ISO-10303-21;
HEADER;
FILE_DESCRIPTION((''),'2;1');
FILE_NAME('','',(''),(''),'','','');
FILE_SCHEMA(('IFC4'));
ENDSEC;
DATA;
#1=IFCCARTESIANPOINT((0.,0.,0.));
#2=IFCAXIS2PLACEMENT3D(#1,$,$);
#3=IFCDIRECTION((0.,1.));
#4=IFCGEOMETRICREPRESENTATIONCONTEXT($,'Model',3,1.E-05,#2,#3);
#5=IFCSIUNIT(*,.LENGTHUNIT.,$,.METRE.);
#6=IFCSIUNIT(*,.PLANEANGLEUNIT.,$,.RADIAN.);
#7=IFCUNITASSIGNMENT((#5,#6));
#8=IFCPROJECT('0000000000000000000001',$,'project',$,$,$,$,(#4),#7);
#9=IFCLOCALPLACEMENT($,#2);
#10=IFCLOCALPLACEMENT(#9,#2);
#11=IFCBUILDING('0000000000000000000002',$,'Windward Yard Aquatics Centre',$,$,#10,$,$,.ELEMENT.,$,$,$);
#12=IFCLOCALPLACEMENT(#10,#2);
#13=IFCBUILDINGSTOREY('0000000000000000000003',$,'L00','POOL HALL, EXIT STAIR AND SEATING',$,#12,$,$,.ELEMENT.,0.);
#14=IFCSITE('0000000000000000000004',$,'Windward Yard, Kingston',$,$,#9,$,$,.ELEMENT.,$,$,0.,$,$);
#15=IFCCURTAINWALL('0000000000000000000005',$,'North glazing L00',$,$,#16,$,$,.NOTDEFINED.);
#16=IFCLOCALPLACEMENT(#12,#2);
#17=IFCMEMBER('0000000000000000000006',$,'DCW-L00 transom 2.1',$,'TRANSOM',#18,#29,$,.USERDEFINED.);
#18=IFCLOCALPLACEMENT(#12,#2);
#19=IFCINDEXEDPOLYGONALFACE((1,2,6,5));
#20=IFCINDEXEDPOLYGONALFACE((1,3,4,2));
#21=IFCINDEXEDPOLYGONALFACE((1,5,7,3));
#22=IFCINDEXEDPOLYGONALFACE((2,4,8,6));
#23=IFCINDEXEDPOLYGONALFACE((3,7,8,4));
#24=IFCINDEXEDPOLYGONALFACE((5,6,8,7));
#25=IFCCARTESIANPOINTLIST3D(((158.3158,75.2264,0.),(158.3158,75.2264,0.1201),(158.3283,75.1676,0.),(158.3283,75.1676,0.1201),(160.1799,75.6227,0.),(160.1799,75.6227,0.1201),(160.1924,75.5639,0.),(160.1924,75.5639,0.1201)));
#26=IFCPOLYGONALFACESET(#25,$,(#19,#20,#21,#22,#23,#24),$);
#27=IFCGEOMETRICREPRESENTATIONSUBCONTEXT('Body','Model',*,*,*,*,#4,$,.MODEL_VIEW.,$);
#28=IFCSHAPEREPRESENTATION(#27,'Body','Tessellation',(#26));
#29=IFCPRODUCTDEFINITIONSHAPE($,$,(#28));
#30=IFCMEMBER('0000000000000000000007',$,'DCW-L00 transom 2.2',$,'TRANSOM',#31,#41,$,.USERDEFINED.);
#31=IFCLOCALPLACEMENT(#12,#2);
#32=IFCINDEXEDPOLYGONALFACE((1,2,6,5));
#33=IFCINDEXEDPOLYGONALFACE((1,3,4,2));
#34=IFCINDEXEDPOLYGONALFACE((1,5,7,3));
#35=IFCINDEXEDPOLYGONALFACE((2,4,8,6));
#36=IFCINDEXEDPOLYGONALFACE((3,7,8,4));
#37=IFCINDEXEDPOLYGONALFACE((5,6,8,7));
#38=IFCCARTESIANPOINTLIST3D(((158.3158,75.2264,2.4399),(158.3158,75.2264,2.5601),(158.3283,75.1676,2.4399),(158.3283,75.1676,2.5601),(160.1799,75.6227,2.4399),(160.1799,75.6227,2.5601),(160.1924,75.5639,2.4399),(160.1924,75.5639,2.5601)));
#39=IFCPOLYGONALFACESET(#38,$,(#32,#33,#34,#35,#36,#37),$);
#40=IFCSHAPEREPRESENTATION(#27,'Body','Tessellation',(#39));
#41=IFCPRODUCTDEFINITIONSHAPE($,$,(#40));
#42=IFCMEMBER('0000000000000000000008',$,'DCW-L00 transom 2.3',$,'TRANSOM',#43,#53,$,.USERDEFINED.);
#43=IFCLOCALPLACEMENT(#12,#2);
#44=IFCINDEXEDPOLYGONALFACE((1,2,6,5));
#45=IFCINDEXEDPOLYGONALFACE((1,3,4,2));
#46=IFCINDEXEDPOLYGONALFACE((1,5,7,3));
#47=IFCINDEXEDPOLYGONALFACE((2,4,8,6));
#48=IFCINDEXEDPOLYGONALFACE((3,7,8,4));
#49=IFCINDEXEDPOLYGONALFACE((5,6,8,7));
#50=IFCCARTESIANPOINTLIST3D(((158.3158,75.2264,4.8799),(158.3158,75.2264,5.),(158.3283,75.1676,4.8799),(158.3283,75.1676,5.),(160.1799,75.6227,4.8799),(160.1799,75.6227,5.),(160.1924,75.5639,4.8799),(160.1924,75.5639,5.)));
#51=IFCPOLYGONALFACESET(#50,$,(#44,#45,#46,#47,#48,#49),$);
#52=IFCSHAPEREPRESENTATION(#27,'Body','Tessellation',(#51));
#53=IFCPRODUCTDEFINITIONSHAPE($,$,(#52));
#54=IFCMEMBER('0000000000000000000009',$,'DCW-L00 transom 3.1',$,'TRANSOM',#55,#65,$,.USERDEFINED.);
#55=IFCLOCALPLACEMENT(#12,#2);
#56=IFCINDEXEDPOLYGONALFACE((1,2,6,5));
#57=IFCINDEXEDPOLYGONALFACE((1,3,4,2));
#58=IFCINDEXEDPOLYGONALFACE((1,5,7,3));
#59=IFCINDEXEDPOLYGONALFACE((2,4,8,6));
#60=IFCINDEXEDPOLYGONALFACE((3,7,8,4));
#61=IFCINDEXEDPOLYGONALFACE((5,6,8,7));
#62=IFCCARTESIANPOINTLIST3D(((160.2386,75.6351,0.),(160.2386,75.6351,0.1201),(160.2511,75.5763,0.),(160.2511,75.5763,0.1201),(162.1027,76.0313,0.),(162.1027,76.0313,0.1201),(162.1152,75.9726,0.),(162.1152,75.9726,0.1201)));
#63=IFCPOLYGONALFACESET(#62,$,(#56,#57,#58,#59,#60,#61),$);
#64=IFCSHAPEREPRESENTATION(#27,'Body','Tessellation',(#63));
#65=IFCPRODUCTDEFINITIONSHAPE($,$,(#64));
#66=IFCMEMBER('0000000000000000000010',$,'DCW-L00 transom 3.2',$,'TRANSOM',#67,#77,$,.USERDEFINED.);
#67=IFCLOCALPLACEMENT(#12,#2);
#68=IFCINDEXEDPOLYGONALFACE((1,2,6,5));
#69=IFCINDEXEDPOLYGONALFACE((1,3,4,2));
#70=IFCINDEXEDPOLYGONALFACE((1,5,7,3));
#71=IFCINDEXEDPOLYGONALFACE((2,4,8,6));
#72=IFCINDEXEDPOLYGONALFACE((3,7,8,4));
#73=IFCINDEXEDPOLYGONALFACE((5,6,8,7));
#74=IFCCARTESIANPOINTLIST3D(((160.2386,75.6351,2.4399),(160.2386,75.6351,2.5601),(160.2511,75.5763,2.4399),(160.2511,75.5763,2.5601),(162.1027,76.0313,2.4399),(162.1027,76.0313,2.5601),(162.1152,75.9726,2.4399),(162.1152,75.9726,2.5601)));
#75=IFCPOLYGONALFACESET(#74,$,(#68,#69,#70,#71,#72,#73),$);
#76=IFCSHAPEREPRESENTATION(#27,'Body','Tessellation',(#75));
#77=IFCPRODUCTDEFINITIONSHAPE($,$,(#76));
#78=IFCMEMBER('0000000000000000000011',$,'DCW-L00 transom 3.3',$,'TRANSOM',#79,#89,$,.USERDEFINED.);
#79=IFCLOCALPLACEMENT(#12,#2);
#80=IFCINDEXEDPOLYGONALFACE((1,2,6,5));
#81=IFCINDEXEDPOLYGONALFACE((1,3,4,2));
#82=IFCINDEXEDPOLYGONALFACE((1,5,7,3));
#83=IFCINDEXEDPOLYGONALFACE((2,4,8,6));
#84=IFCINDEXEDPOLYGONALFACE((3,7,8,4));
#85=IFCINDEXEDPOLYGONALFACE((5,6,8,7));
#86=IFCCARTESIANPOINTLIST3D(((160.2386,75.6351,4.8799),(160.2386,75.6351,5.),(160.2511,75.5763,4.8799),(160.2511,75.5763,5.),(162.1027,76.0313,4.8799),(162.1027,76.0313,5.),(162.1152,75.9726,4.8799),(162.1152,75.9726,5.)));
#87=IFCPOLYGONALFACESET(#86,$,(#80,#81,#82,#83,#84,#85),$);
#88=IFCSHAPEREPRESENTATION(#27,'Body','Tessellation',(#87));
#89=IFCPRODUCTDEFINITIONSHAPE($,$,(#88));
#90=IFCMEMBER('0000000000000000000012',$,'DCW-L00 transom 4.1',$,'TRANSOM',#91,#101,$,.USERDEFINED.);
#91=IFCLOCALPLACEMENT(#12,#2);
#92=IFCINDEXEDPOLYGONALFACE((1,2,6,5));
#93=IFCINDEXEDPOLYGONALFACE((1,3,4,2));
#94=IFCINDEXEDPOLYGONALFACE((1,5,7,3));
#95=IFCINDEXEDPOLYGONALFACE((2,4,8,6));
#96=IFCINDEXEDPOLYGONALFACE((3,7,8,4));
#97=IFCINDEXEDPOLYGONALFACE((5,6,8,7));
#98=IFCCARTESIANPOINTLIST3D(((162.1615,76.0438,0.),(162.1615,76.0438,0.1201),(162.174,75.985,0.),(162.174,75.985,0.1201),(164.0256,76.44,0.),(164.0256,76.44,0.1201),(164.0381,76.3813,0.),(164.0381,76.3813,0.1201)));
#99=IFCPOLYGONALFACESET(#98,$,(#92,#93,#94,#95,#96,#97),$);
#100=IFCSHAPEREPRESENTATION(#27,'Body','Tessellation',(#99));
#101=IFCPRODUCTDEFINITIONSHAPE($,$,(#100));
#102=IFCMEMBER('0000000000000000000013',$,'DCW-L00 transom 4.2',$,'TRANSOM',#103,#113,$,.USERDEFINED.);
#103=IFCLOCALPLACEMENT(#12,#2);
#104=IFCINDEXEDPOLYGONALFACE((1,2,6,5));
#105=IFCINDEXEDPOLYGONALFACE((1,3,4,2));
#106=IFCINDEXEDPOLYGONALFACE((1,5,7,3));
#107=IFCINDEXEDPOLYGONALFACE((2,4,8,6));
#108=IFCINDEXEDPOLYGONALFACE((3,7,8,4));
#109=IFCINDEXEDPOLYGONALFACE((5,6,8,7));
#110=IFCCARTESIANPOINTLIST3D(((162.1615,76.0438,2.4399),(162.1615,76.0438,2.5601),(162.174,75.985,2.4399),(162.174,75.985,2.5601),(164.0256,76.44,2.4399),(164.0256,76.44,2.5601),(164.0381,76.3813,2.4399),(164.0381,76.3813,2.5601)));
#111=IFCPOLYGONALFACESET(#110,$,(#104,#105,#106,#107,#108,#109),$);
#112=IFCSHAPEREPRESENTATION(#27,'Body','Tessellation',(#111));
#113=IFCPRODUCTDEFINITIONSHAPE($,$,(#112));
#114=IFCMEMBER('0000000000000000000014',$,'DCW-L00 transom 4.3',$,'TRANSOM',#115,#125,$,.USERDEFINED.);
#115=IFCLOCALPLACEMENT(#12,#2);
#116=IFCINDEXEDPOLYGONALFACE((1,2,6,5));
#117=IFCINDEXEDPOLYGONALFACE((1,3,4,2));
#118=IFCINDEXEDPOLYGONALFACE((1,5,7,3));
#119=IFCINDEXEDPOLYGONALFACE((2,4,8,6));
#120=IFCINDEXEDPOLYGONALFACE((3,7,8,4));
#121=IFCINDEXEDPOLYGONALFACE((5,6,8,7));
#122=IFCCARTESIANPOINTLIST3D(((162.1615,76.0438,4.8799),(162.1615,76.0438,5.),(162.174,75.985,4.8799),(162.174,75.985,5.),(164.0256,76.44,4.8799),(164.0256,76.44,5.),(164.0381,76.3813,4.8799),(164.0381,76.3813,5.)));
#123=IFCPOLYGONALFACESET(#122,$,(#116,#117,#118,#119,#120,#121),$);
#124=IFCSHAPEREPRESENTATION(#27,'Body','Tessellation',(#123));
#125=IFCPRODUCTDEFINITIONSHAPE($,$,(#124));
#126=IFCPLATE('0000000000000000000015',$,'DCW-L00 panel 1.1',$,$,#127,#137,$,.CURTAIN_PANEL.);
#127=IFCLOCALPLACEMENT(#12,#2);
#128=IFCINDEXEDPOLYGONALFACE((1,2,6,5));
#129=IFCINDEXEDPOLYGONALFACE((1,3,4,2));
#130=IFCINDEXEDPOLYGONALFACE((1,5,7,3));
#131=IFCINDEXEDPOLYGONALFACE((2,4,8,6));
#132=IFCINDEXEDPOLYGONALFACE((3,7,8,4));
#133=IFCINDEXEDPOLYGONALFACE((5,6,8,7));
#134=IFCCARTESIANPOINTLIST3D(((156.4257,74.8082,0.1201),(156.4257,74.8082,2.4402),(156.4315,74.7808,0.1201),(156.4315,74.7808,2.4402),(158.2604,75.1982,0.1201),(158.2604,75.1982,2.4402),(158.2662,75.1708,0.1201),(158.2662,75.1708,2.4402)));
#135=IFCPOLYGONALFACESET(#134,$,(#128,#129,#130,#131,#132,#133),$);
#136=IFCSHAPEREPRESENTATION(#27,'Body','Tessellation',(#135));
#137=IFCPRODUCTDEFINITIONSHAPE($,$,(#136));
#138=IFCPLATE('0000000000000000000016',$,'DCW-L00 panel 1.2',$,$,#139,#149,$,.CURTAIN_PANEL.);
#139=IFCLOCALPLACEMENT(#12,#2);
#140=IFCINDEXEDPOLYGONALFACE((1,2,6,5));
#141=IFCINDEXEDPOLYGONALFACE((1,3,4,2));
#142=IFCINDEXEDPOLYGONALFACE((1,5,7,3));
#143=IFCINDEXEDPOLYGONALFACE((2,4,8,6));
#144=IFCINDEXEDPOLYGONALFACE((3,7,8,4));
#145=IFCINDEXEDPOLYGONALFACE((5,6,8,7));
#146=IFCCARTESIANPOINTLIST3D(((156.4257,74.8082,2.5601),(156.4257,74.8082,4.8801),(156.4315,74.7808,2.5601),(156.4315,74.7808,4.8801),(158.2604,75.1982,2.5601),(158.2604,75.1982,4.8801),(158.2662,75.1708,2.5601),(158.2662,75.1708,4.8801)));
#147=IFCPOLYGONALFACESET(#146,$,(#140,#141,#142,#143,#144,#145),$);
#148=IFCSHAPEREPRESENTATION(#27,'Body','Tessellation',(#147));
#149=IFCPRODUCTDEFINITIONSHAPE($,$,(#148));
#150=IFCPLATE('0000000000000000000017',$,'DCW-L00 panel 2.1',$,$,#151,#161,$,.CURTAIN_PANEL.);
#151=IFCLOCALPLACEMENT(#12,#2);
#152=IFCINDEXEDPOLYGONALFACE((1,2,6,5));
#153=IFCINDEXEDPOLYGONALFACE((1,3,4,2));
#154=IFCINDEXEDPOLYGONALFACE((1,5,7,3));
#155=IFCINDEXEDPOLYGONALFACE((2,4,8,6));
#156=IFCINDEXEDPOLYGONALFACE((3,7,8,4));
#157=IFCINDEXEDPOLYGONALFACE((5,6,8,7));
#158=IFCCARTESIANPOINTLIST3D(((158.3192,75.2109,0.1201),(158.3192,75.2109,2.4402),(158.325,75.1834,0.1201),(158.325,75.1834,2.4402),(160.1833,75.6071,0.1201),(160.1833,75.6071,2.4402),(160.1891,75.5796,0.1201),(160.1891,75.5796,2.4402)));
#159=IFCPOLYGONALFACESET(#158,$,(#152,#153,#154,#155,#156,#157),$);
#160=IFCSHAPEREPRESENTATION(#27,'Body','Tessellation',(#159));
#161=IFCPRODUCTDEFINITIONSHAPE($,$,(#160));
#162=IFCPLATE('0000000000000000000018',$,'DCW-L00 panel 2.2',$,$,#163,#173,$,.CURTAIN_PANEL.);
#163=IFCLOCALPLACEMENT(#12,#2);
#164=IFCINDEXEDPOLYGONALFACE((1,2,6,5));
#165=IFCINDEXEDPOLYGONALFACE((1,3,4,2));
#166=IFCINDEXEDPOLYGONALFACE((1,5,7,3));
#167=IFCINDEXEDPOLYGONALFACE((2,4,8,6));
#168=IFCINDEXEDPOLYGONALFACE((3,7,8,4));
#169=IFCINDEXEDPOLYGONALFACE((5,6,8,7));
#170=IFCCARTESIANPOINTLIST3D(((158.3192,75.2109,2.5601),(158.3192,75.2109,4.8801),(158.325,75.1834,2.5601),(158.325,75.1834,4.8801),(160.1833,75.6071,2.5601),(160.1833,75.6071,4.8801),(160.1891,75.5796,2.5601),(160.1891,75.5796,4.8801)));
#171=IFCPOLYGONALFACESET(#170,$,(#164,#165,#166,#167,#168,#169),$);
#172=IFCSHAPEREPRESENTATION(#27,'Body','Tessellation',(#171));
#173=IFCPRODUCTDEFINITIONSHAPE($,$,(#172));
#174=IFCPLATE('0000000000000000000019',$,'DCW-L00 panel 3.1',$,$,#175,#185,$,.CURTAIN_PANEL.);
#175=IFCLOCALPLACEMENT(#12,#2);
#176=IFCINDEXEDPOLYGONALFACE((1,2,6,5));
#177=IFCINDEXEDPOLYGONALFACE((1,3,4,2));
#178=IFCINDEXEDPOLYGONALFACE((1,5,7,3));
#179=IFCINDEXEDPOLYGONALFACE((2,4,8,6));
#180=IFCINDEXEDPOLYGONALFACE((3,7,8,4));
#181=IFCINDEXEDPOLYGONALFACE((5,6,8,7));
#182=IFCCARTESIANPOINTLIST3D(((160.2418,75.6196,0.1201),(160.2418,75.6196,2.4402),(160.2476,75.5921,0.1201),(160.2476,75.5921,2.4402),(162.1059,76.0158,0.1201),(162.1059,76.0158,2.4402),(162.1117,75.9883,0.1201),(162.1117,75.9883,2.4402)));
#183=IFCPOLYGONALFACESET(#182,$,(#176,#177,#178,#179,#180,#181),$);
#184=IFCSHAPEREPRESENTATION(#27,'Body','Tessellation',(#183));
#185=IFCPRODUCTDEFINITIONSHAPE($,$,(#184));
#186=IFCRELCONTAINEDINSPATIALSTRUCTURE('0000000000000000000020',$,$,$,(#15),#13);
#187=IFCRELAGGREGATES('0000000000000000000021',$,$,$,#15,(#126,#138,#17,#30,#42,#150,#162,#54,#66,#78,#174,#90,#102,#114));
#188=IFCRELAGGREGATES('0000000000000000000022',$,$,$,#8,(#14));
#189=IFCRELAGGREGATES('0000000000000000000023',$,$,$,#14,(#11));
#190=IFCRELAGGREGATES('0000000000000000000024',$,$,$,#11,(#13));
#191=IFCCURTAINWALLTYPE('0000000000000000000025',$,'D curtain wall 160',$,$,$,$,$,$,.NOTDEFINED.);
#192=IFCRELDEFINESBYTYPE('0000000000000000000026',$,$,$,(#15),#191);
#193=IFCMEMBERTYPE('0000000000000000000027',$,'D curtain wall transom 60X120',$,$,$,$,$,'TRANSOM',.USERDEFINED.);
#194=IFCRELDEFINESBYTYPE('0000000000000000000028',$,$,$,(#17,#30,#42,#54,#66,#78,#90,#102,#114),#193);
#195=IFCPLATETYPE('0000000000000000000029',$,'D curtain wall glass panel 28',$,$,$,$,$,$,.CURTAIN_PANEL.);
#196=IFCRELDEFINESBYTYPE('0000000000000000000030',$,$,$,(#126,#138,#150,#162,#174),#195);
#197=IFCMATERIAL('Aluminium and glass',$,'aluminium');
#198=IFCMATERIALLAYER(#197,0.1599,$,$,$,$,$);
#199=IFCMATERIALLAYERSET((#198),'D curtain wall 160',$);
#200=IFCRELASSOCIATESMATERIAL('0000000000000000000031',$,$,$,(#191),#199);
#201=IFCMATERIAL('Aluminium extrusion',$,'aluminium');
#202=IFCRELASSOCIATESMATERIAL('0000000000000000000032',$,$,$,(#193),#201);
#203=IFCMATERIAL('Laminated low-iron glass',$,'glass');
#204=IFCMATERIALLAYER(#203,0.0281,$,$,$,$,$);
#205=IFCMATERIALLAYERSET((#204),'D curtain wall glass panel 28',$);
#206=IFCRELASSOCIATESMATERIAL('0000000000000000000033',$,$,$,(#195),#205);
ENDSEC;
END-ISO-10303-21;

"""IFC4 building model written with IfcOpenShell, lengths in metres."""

from ifc_helpers import new_model, si_unit, direction, frame, origin, origin_2d, place, context, subcontext, project, spatial, rectangle, extrude, material, layer, layer_set, material_profile, profile_set, type_object, element, aggregate, save


model = new_model("IFC4")

# Units and contexts
model_context = context("Model", 3, precision=1e-05, world=origin(), true_north=direction((0.0, 1.0)))
body_context = subcontext(model_context, "Body", "Model", "MODEL_VIEW")
ifc_project = project(units=[si_unit("LENGTHUNIT", "METRE"), si_unit("PLANEANGLEUNIT", "RADIAN")], contexts=[model_context])

# Site, building, storey
site_placement = place(None, origin())
site = spatial("IfcSite", under=ifc_project, at=site_placement, Name="Windward Yard, Kingston", CompositionType="ELEMENT", RefElevation=0.0)
building_placement = place(site_placement, origin())
building = spatial("IfcBuilding", under=site, at=building_placement, Name="Windward Yard Aquatics Centre", CompositionType="ELEMENT")
storey_placement = place(building_placement, origin())
storey = spatial("IfcBuildingStorey", under=building, at=storey_placement, Name="L00", Description="POOL HALL, EXIT STAIR AND SEATING", CompositionType="ELEMENT", Elevation=0.0)

# Curtain wall, members, plates
ifc_material_1 = material(Name="Aluminium and glass", Category="aluminium")
ifc_layer_1 = layer(ifc_material_1, 0.1599)
ifc_layer_set_1 = layer_set([ifc_layer_1], Name="D curtain wall 160")
curtain_wall_type = type_object("IfcCurtainWallType", Name="D curtain wall 160", PredefinedType="NOTDEFINED", material=ifc_layer_set_1)
curtain_wall_placement = place(storey_placement, origin())
curtain_wall = element("IfcCurtainWall", 1, at=curtain_wall_placement, inside=storey, type_object=curtain_wall_type, Name="North glazing L00", PredefinedType="NOTDEFINED")
ifc_material_2 = material(Name="Aluminium extrusion", Category="aluminium")
ifc_material_profile_1 = material_profile(ifc_material_2, rectangle(XDim=0.0601, YDim=0.1201, at=origin_2d()), Name="TRANSOM 60X120")
ifc_profile_set_1 = profile_set([ifc_material_profile_1], Name="Aluminium extrusion")
member_type_1 = type_object("IfcMemberType", Name="D curtain wall transom 60X120", ElementType="TRANSOM", PredefinedType="USERDEFINED", material=ifc_profile_set_1)
member_1_placement = place(storey_placement, frame((158.322, 75.197, 0.0601), z_axis=(0.978144, 0.207928, 0.0), x_axis=(-0.207928, 0.978144, 0.0)))
member_1 = element("IfcMember", 2, at=member_1_placement, type_object=member_type_1, Name="DCW-L00 transom 2.1", ObjectType="TRANSOM", PredefinedType="USERDEFINED", context=body_context, shape_type="SweptSolid", body=[
    extrude(rectangle(XDim=0.0601, YDim=0.1201, at=origin_2d()), origin(), (0.0, 0.0, 1.0), 1.9058),
])
member_2_placement = place(storey_placement, frame((158.322, 75.197, 2.5), z_axis=(0.978144, 0.207928, 0.0), x_axis=(-0.207928, 0.978144, 0.0)))
member_2 = element("IfcMember", 3, at=member_2_placement, type_object=member_type_1, Name="DCW-L00 transom 2.2", ObjectType="TRANSOM", PredefinedType="USERDEFINED", context=body_context, shape_type="SweptSolid", body=[
    extrude(rectangle(XDim=0.0601, YDim=0.1201, at=origin_2d()), origin(), (0.0, 0.0, 1.0), 1.9058),
])
member_3_placement = place(storey_placement, frame((158.322, 75.197, 4.9399), z_axis=(0.978144, 0.207928, 0.0), x_axis=(-0.207928, 0.978144, 0.0)))
member_3 = element("IfcMember", 4, at=member_3_placement, type_object=member_type_1, Name="DCW-L00 transom 2.3", ObjectType="TRANSOM", PredefinedType="USERDEFINED", context=body_context, shape_type="SweptSolid", body=[
    extrude(rectangle(XDim=0.0601, YDim=0.1201, at=origin_2d()), origin(), (0.0, 0.0, 1.0), 1.9058),
])
member_4_placement = place(storey_placement, frame((160.2449, 75.6057, 0.0601), z_axis=(0.978144, 0.207928, 0.0), x_axis=(-0.207928, 0.978144, 0.0)))
member_4 = element("IfcMember", 5, at=member_4_placement, type_object=member_type_1, Name="DCW-L00 transom 3.1", ObjectType="TRANSOM", PredefinedType="USERDEFINED", context=body_context, shape_type="SweptSolid", body=[
    extrude(rectangle(XDim=0.0601, YDim=0.1201, at=origin_2d()), origin(), (0.0, 0.0, 1.0), 1.9058),
])
member_5_placement = place(storey_placement, frame((160.2449, 75.6057, 2.5), z_axis=(0.978144, 0.207928, 0.0), x_axis=(-0.207928, 0.978144, 0.0)))
member_5 = element("IfcMember", 6, at=member_5_placement, type_object=member_type_1, Name="DCW-L00 transom 3.2", ObjectType="TRANSOM", PredefinedType="USERDEFINED", context=body_context, shape_type="SweptSolid", body=[
    extrude(rectangle(XDim=0.0601, YDim=0.1201, at=origin_2d()), origin(), (0.0, 0.0, 1.0), 1.9058),
])
member_6_placement = place(storey_placement, frame((160.2449, 75.6057, 4.9399), z_axis=(0.978144, 0.207928, 0.0), x_axis=(-0.207928, 0.978144, 0.0)))
member_6 = element("IfcMember", 7, at=member_6_placement, type_object=member_type_1, Name="DCW-L00 transom 3.3", ObjectType="TRANSOM", PredefinedType="USERDEFINED", context=body_context, shape_type="SweptSolid", body=[
    extrude(rectangle(XDim=0.0601, YDim=0.1201, at=origin_2d()), origin(), (0.0, 0.0, 1.0), 1.9058),
])
member_7_placement = place(storey_placement, frame((162.1677, 76.0144, 0.0601), z_axis=(0.978144, 0.207928, 0.0), x_axis=(-0.207928, 0.978144, 0.0)))
member_7 = element("IfcMember", 8, at=member_7_placement, type_object=member_type_1, Name="DCW-L00 transom 4.1", ObjectType="TRANSOM", PredefinedType="USERDEFINED", context=body_context, shape_type="SweptSolid", body=[
    extrude(rectangle(XDim=0.0601, YDim=0.1201, at=origin_2d()), origin(), (0.0, 0.0, 1.0), 1.9058),
])
member_8_placement = place(storey_placement, frame((162.1677, 76.0144, 2.5), z_axis=(0.978144, 0.207928, 0.0), x_axis=(-0.207928, 0.978144, 0.0)))
member_8 = element("IfcMember", 9, at=member_8_placement, type_object=member_type_1, Name="DCW-L00 transom 4.2", ObjectType="TRANSOM", PredefinedType="USERDEFINED", context=body_context, shape_type="SweptSolid", body=[
    extrude(rectangle(XDim=0.0601, YDim=0.1201, at=origin_2d()), origin(), (0.0, 0.0, 1.0), 1.9058),
])
member_9_placement = place(storey_placement, frame((162.1677, 76.0144, 4.9399), z_axis=(0.978144, 0.207928, 0.0), x_axis=(-0.207928, 0.978144, 0.0)))
member_9 = element("IfcMember", 10, at=member_9_placement, type_object=member_type_1, Name="DCW-L00 transom 4.3", ObjectType="TRANSOM", PredefinedType="USERDEFINED", context=body_context, shape_type="SweptSolid", body=[
    extrude(rectangle(XDim=0.0601, YDim=0.1201, at=origin_2d()), origin(), (0.0, 0.0, 1.0), 1.9058),
])
ifc_material_3 = material(Name="Laminated low-iron glass", Category="glass")
ifc_layer_2 = layer(ifc_material_3, 0.0281)
ifc_layer_set_2 = layer_set([ifc_layer_2], Name="D curtain wall glass panel 28")
plate_type = type_object("IfcPlateType", Name="D curtain wall glass panel 28", PredefinedType="CURTAIN_PANEL", material=ifc_layer_set_2)
plate_1_placement = place(storey_placement, frame((157.3459, 74.9895, 0.1201), z_axis=(0.0, 0.0, 1.0), x_axis=(0.978148, 0.207912, 0.0)))
plate_1 = element("IfcPlate", 11, at=plate_1_placement, type_object=plate_type, Name="DCW-L00 panel 1.1", PredefinedType="CURTAIN_PANEL", context=body_context, shape_type="SweptSolid", body=[
    extrude(rectangle(XDim=1.8757, YDim=0.0281, at=origin_2d()), origin(), (0.0, 0.0, 1.0), 2.3201),
])
plate_2_placement = place(storey_placement, frame((157.3459, 74.9895, 2.5601), z_axis=(0.0, 0.0, 1.0), x_axis=(0.978148, 0.207912, 0.0)))
plate_2 = element("IfcPlate", 12, at=plate_2_placement, type_object=plate_type, Name="DCW-L00 panel 1.2", PredefinedType="CURTAIN_PANEL", context=body_context, shape_type="SweptSolid", body=[
    extrude(rectangle(XDim=1.8757, YDim=0.0281, at=origin_2d()), origin(), (0.0, 0.0, 1.0), 2.3201),
])
plate_3_placement = place(storey_placement, frame((159.2542, 75.3953, 0.1201), z_axis=(0.0, 0.0, 1.0), x_axis=(0.978148, 0.207912, 0.0)))
plate_3 = element("IfcPlate", 13, at=plate_3_placement, type_object=plate_type, Name="DCW-L00 panel 2.1", PredefinedType="CURTAIN_PANEL", context=body_context, shape_type="SweptSolid", body=[
    extrude(rectangle(XDim=1.9058, YDim=0.0281, at=origin_2d()), origin(), (0.0, 0.0, 1.0), 2.3201),
])
plate_4_placement = place(storey_placement, frame((159.2542, 75.3953, 2.5601), z_axis=(0.0, 0.0, 1.0), x_axis=(0.978148, 0.207912, 0.0)))
plate_4 = element("IfcPlate", 14, at=plate_4_placement, type_object=plate_type, Name="DCW-L00 panel 2.2", PredefinedType="CURTAIN_PANEL", context=body_context, shape_type="SweptSolid", body=[
    extrude(rectangle(XDim=1.9058, YDim=0.0281, at=origin_2d()), origin(), (0.0, 0.0, 1.0), 2.3201),
])
plate_5_placement = place(storey_placement, frame((161.1768, 75.804, 0.1201), z_axis=(0.0, 0.0, 1.0), x_axis=(0.978148, 0.207912, 0.0)))
plate_5 = element("IfcPlate", 15, at=plate_5_placement, type_object=plate_type, Name="DCW-L00 panel 3.1", PredefinedType="CURTAIN_PANEL", context=body_context, shape_type="SweptSolid", body=[
    extrude(rectangle(XDim=1.9058, YDim=0.0281, at=origin_2d()), origin(), (0.0, 0.0, 1.0), 2.3201),
])
aggregate(curtain_wall, [plate_1, plate_2, member_1, member_2, member_3, plate_3, plate_4, member_4, member_5, member_6, plate_5, member_7, member_8, member_9])

save(model, "model.ifc")
